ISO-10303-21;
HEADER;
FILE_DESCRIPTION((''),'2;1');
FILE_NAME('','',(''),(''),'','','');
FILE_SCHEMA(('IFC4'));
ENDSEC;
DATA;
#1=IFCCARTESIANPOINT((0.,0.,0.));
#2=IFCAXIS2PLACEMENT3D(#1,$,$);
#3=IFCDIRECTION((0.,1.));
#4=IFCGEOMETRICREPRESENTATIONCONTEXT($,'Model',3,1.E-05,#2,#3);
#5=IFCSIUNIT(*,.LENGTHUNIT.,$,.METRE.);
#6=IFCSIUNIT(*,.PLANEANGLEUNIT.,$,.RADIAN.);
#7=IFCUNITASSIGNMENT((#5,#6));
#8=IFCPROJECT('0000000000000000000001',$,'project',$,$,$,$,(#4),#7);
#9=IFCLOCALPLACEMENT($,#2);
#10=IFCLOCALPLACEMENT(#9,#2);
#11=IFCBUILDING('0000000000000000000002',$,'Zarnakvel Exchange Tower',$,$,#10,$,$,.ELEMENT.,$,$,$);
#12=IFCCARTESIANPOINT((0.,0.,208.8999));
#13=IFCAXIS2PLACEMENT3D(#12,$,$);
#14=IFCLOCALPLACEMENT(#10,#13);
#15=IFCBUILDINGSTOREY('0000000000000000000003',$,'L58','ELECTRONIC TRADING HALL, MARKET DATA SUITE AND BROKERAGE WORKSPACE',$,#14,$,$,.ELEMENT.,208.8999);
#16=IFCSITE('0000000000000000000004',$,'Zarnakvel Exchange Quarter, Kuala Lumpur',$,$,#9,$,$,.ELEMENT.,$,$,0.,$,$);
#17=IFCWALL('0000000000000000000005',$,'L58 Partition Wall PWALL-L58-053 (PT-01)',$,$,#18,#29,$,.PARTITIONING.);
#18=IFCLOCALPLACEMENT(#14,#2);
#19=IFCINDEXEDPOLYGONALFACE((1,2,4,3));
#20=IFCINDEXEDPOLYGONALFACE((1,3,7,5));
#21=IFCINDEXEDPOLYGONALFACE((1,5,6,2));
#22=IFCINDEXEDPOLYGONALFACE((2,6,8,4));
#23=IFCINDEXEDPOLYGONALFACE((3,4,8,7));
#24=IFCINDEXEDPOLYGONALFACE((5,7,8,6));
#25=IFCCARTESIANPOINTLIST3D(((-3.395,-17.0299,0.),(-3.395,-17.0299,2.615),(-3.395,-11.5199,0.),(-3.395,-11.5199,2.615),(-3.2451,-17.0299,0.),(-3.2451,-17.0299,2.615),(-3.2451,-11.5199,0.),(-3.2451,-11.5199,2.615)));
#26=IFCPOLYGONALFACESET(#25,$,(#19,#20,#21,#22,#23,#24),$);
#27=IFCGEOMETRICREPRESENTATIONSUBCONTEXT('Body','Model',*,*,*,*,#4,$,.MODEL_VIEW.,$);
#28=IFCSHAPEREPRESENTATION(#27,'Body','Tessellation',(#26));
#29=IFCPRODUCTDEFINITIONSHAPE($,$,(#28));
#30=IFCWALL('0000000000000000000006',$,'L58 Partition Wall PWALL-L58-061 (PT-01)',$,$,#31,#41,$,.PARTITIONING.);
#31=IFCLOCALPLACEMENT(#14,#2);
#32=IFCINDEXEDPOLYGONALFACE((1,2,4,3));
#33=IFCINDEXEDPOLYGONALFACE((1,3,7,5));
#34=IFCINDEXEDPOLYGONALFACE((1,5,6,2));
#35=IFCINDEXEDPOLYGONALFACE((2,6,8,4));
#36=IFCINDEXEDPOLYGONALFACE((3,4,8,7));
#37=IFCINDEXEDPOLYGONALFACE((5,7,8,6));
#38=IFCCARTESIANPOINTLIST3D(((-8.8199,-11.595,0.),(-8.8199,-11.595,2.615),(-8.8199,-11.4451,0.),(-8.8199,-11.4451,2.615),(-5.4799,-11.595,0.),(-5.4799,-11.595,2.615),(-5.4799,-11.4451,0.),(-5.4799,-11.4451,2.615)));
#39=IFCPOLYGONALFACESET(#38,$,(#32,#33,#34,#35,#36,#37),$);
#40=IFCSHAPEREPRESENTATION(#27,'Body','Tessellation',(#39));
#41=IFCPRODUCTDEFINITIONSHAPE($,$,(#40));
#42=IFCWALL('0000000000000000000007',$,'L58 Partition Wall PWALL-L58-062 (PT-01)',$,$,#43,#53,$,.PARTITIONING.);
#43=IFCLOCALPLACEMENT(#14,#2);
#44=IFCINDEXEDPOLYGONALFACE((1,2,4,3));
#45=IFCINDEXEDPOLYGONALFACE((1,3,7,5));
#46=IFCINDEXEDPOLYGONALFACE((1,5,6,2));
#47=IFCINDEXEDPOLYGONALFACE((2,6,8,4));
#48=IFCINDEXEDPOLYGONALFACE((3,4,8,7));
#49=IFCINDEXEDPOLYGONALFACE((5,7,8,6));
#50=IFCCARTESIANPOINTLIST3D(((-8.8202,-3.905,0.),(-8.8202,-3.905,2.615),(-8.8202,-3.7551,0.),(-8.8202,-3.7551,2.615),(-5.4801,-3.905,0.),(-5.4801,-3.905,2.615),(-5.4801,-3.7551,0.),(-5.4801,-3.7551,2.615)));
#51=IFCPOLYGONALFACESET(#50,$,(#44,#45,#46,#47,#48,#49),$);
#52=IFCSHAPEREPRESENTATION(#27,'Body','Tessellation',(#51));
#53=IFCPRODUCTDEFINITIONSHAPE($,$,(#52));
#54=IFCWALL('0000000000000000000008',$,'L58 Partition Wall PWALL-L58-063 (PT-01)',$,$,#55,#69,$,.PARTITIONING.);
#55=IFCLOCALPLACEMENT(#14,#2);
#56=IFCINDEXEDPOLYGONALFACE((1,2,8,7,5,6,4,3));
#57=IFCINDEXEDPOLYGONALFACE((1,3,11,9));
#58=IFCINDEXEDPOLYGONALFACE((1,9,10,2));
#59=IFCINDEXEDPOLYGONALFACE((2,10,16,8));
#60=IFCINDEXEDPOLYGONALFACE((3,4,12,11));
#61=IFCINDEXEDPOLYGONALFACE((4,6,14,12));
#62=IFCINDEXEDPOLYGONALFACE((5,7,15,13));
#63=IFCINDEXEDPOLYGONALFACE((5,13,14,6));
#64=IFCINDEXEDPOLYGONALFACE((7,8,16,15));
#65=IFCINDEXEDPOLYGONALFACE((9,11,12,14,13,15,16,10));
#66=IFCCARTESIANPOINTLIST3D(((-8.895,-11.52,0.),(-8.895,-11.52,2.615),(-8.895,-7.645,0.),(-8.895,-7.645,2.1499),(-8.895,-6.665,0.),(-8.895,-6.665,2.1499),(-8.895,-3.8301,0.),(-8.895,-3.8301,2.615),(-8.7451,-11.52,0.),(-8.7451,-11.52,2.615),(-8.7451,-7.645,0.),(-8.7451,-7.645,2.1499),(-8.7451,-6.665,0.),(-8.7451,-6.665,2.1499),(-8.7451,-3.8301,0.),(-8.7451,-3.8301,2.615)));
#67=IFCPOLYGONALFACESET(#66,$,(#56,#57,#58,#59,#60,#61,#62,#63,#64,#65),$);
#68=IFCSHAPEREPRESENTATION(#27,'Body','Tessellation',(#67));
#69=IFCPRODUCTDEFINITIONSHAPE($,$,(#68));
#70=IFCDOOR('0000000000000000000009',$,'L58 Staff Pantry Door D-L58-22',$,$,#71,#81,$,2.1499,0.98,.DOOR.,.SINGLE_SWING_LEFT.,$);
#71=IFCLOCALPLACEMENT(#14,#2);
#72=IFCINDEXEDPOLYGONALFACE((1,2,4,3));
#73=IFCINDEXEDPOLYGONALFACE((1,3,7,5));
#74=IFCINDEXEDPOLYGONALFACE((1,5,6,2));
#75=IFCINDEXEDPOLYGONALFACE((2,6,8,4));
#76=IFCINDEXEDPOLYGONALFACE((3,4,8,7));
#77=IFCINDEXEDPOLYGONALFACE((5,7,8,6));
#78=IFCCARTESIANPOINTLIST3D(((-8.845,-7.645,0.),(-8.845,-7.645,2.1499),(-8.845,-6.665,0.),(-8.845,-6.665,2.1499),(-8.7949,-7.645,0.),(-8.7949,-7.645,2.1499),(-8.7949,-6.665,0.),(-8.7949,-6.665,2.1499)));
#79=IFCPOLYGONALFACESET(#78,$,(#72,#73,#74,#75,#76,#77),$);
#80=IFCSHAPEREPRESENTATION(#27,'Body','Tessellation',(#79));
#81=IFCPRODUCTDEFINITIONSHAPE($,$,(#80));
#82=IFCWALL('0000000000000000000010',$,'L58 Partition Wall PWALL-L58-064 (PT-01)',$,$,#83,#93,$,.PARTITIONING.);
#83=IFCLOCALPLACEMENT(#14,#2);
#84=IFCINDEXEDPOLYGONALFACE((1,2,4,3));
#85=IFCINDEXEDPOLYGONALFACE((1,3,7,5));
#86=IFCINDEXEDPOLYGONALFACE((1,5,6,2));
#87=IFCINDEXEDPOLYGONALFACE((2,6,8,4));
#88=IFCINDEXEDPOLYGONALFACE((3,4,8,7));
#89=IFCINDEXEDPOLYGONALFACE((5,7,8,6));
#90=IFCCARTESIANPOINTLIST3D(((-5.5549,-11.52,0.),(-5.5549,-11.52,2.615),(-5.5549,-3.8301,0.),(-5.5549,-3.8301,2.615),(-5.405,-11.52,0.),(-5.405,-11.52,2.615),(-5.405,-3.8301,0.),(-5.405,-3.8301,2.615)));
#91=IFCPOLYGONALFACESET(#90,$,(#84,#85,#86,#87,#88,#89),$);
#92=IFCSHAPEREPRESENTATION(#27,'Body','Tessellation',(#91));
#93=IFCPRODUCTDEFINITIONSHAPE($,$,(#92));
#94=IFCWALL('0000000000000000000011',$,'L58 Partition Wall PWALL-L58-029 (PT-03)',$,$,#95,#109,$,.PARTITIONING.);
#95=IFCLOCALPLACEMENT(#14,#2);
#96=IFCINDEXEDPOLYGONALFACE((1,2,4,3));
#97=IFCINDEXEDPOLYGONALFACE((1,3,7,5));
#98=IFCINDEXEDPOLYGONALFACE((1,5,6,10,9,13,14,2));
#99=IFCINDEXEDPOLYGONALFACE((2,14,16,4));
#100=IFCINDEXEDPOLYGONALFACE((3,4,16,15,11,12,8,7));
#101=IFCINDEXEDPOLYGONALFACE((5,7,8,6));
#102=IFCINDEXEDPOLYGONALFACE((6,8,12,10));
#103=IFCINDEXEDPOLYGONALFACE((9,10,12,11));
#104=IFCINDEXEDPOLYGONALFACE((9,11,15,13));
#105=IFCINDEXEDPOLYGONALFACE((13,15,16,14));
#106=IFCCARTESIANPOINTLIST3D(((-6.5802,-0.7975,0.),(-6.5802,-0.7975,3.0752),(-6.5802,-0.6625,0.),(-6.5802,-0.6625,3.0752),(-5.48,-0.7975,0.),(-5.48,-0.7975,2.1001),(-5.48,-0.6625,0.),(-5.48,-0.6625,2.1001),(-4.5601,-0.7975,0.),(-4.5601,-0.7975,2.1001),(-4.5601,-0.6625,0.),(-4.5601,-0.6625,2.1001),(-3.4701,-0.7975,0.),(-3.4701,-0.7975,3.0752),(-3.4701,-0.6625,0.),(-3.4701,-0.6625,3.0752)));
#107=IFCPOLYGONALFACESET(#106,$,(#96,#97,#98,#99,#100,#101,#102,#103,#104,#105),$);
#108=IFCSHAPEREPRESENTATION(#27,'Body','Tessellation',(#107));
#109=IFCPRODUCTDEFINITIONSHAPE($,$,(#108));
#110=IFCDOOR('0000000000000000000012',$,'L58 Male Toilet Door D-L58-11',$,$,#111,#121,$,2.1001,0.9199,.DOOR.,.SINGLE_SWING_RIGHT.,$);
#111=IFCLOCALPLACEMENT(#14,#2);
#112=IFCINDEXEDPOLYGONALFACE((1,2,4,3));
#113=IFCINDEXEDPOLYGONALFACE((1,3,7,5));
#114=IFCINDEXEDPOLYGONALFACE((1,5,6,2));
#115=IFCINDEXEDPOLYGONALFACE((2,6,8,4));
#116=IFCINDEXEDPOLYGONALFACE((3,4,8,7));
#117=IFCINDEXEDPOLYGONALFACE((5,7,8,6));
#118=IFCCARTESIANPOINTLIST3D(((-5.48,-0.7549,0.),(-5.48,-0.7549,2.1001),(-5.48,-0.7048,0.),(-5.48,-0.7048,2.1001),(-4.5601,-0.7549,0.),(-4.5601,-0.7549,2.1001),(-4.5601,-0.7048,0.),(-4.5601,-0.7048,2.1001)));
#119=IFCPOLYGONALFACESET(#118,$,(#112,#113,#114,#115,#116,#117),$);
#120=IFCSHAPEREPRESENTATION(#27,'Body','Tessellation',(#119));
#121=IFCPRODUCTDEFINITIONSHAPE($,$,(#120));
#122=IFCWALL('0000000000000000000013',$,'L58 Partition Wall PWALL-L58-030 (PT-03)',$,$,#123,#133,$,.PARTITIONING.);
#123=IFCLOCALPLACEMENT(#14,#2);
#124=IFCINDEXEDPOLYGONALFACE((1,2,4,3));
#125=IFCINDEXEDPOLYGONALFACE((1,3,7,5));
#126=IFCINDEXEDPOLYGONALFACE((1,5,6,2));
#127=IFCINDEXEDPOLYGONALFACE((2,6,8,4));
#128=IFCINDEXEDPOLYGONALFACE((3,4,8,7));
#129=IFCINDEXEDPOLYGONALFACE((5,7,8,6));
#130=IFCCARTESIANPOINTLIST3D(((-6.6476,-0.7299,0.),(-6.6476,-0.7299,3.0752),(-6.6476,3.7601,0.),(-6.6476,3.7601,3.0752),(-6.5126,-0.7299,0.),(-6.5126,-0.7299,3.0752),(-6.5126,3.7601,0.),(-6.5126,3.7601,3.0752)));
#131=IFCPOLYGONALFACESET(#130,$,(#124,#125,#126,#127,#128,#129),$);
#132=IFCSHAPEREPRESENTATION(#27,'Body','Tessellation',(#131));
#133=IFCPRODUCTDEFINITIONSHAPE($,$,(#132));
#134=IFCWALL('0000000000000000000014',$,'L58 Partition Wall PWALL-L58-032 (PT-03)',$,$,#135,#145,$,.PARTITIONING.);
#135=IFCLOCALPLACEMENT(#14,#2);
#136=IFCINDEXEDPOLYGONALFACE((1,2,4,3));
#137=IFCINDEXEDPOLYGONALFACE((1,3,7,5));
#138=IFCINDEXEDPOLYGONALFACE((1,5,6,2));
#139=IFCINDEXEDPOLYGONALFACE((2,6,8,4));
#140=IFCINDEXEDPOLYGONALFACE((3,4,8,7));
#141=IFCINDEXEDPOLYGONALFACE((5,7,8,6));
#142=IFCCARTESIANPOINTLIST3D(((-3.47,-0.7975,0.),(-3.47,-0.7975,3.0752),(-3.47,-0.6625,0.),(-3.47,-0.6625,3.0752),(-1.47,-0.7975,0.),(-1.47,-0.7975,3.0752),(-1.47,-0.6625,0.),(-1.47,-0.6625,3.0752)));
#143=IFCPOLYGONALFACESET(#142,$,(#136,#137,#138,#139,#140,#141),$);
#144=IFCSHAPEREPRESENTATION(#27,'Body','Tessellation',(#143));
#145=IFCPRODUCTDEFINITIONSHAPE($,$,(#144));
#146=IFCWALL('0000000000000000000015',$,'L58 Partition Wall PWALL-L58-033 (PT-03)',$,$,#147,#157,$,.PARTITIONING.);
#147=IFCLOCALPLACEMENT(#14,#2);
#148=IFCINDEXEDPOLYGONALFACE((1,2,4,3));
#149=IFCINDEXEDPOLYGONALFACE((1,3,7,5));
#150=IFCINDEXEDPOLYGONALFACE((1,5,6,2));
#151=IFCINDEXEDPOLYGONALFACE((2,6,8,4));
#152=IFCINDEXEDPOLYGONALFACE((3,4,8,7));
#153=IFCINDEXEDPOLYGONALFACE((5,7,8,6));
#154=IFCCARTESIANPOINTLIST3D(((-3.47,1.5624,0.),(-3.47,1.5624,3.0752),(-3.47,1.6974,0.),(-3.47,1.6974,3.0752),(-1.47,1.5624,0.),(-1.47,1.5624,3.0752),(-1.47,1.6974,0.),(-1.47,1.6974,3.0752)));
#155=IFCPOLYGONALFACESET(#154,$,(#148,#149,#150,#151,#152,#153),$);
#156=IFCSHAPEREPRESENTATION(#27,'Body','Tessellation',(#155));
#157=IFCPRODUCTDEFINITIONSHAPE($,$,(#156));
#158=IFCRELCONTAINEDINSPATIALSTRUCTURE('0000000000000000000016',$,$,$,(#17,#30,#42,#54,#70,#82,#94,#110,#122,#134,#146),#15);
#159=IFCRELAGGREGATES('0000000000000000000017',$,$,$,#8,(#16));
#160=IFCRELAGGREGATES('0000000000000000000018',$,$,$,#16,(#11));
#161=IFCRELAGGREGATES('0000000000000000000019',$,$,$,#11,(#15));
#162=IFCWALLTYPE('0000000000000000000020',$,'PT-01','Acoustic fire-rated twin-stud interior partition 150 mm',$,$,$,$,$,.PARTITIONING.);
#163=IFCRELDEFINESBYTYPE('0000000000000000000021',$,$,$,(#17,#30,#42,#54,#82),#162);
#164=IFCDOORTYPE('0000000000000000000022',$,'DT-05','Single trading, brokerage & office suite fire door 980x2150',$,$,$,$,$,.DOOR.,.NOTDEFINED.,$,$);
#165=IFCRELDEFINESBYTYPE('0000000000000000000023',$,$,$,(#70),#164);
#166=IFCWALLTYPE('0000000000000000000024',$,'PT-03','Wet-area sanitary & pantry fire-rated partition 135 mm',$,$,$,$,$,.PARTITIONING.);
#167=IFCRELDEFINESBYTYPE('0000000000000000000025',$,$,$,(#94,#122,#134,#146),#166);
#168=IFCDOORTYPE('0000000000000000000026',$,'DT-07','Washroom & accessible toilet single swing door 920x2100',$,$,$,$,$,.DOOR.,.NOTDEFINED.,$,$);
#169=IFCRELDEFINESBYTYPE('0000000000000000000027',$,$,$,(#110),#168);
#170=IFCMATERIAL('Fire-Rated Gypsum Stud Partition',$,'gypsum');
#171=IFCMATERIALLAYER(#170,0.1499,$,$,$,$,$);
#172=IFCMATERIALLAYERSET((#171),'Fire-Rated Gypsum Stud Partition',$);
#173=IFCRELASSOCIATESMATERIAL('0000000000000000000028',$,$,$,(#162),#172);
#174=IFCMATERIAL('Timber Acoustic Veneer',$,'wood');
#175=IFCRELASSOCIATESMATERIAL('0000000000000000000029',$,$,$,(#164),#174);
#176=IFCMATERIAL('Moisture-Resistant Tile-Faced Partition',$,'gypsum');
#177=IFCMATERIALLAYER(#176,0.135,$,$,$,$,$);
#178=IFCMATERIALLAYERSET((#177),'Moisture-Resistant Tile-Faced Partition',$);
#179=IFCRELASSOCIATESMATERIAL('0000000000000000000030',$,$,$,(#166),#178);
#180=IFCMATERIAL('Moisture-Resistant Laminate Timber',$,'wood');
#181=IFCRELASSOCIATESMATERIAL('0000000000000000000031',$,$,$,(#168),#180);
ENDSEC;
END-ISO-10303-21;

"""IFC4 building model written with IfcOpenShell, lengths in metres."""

from ifc_helpers import new_model, si_unit, direction, frame, frame_2d, origin, place, context, subcontext, project, spatial, rectangle, extrude, source, transform, mapped, material, layer, layer_set, type_object, element, fill, save


model = new_model("IFC4")

# Units and contexts
model_context = context("Model", 3, precision=1e-05, world=origin(), true_north=direction((0.0, 1.0)))
body_context = subcontext(model_context, "Body", "Model", "MODEL_VIEW")
ifc_project = project(units=[si_unit("LENGTHUNIT", "METRE"), si_unit("PLANEANGLEUNIT", "RADIAN")], contexts=[model_context])

# Site, building, storey
site_placement = place(None, origin())
site = spatial("IfcSite", under=ifc_project, at=site_placement, Name="Zarnakvel Exchange Quarter, Kuala Lumpur", CompositionType="ELEMENT", RefElevation=0.0)
building_placement = place(site_placement, origin())
building = spatial("IfcBuilding", under=site, at=building_placement, Name="Zarnakvel Exchange Tower", CompositionType="ELEMENT")
storey_placement = place(building_placement, frame((0.0, 0.0, 208.8999)))
storey = spatial("IfcBuildingStorey", under=building, at=storey_placement, Name="L58", Description="ELECTRONIC TRADING HALL, MARKET DATA SUITE AND BROKERAGE WORKSPACE", CompositionType="ELEMENT", Elevation=208.8999)

# Walls
ifc_material_1 = material(Name="Fire-Rated Gypsum Stud Partition", Category="gypsum")
ifc_layer_1 = layer(ifc_material_1, 0.1499)
ifc_layer_set_1 = layer_set([ifc_layer_1], Name="Fire-Rated Gypsum Stud Partition")
wall_type_1 = type_object("IfcWallType", Name="PT-01", Description="Acoustic fire-rated twin-stud interior partition 150 mm", PredefinedType="PARTITIONING", material=ifc_layer_set_1)
wall_1_placement = place(storey_placement, frame((-3.3201, -11.52, 0.0), z_axis=(0.0, 0.0, 1.0), x_axis=(0.0, -1.0, 0.0)))
element("IfcWall", 1, at=wall_1_placement, inside=storey, type_object=wall_type_1, Name="L58 Partition Wall PWALL-L58-053 (PT-01)", PredefinedType="PARTITIONING", context=body_context, shape_type="SweptSolid", body=[
    extrude(rectangle(XDim=5.51, YDim=0.1499, at=frame_2d((2.7549, 0.0))), origin(), (0.0, 0.0, 1.0), 2.615),
])
for number, where, z_axis, x_axis, name in (
    (2, (-5.48, -11.52, 0.0), (0.0, 0.0, 1.0), (-1.0, 0.0, 0.0), "L58 Partition Wall PWALL-L58-061 (PT-01)"),
    (3, (-8.8201, -3.8301, 0.0), (0.0, 0.0, 1.0), (1.0, 0.0, 0.0), "L58 Partition Wall PWALL-L58-062 (PT-01)"),
):
    element("IfcWall", number, at=place(storey_placement, frame(where, z_axis=z_axis, x_axis=x_axis)), inside=storey, type_object=wall_type_1, Name=name, PredefinedType="PARTITIONING", context=body_context, shape_type="SweptSolid", body=[
        extrude(rectangle(XDim=3.3401, YDim=0.1499, at=frame_2d((1.6699, 0.0))), origin(), (0.0, 0.0, 1.0), 2.615),
    ])

# Wall, opening, door
wall_2_placement = place(storey_placement, frame((-8.8201, -11.52, 0.0), z_axis=(0.0, 0.0, 1.0), x_axis=(0.0, 1.0, 0.0)))
wall_2 = element("IfcWall", 4, at=wall_2_placement, inside=storey, type_object=wall_type_1, Name="L58 Partition Wall PWALL-L58-063 (PT-01)", PredefinedType="PARTITIONING", context=body_context, shape_type="SweptSolid", body=[
    extrude(rectangle(XDim=7.6899, YDim=0.1499, at=frame_2d((3.845, 0.0))), origin(), (0.0, 0.0, 1.0), 2.615),
])
opening_1_placement = place(wall_2_placement, frame((3.875, 0.0, 0.0)))
opening_1 = element("IfcOpeningElement", 5, at=opening_1_placement, cuts=wall_2, PredefinedType="OPENING", context=body_context, shape_type="SweptSolid", body=[
    extrude(rectangle(XDim=0.98, YDim=2.1499, at=frame_2d((0.49, 1.075))), frame((0.0, 0.085, 0.0), z_axis=(0.0, -1.0, 0.0), x_axis=(1.0, 0.0, 0.0)), (0.0, 0.0, 1.0), 0.1699),
])
ifc_material_2 = material(Name="Timber Acoustic Veneer", Category="wood")
door_type_1 = type_object("IfcDoorType", Name="DT-05", Description="Single trading, brokerage & office suite fire door 980x2150", OperationType="NOTDEFINED", PredefinedType="DOOR", material=ifc_material_2)
shared_shape_1 = source(origin(), body_context, "Body", "SweptSolid", [
    extrude(rectangle(XDim=0.98, YDim=2.1499, at=frame_2d((0.49, 1.075))), frame((0.0, 0.0249, 0.0), z_axis=(0.0, -1.0, 0.0), x_axis=(1.0, 0.0, 0.0)), (0.0, 0.0, 1.0), 0.05),
])
door_1_placement = place(opening_1_placement, origin())
door_1 = element("IfcDoor", 6, at=door_1_placement, inside=storey, type_object=door_type_1, Name="L58 Staff Pantry Door D-L58-22", OperationType="SINGLE_SWING_LEFT", OverallHeight=2.1499, OverallWidth=0.98, PredefinedType="DOOR", context=body_context, shape_type="MappedRepresentation", body=[
    mapped(shared_shape_1, transform((0.0, 0.0, 0.0), x_axis=(1.0, 0.0, 0.0), y_axis=(0.0, 1.0, 0.0), z_axis=(0.0, 0.0, 1.0), scale=1.0)),
])
fill(opening_1, door_1)

# Wall
wall_3_placement = place(storey_placement, frame((-5.48, -3.8301, 0.0), z_axis=(0.0, 0.0, 1.0), x_axis=(0.0, -1.0, 0.0)))
element("IfcWall", 7, at=wall_3_placement, inside=storey, type_object=wall_type_1, Name="L58 Partition Wall PWALL-L58-064 (PT-01)", PredefinedType="PARTITIONING", context=body_context, shape_type="SweptSolid", body=[
    extrude(rectangle(XDim=7.6899, YDim=0.1499, at=frame_2d((3.845, 0.0))), origin(), (0.0, 0.0, 1.0), 2.615),
])

# Wall, opening, door
ifc_material_3 = material(Name="Moisture-Resistant Tile-Faced Partition", Category="gypsum")
ifc_layer_2 = layer(ifc_material_3, 0.135)
ifc_layer_set_2 = layer_set([ifc_layer_2], Name="Moisture-Resistant Tile-Faced Partition")
wall_type_2 = type_object("IfcWallType", Name="PT-03", Description="Wet-area sanitary & pantry fire-rated partition 135 mm", PredefinedType="PARTITIONING", material=ifc_layer_set_2)
wall_4_placement = place(storey_placement, frame((-3.47, -0.73, 0.0), z_axis=(0.0, 0.0, 1.0), x_axis=(-1.0, 0.0, 0.0)))
wall_4 = element("IfcWall", 8, at=wall_4_placement, inside=storey, type_object=wall_type_2, Name="L58 Partition Wall PWALL-L58-029 (PT-03)", PredefinedType="PARTITIONING", context=body_context, shape_type="SweptSolid", body=[
    extrude(rectangle(XDim=3.1101, YDim=0.135, at=frame_2d((1.5552, 0.0))), origin(), (0.0, 0.0, 1.0), 3.0752),
])
opening_2_placement = place(wall_4_placement, frame((1.0901, 0.0, 0.0)))
opening_2 = element("IfcOpeningElement", 9, at=opening_2_placement, cuts=wall_4, PredefinedType="OPENING", context=body_context, shape_type="SweptSolid", body=[
    extrude(rectangle(XDim=0.9199, YDim=2.1001, at=frame_2d((0.46, 1.05))), frame((0.0, 0.0774, 0.0), z_axis=(0.0, -1.0, 0.0), x_axis=(1.0, 0.0, 0.0)), (0.0, 0.0, 1.0), 0.155),
])
ifc_material_4 = material(Name="Moisture-Resistant Laminate Timber", Category="wood")
door_type_2 = type_object("IfcDoorType", Name="DT-07", Description="Washroom & accessible toilet single swing door 920x2100", OperationType="NOTDEFINED", PredefinedType="DOOR", material=ifc_material_4)
shared_shape_2 = source(origin(), body_context, "Body", "SweptSolid", [
    extrude(rectangle(XDim=0.9199, YDim=2.1001, at=frame_2d((0.46, 1.05))), frame((0.0, 0.0249, 0.0), z_axis=(0.0, -1.0, 0.0), x_axis=(1.0, 0.0, 0.0)), (0.0, 0.0, 1.0), 0.05),
])
door_2_placement = place(opening_2_placement, origin())
door_2 = element("IfcDoor", 10, at=door_2_placement, inside=storey, type_object=door_type_2, Name="L58 Male Toilet Door D-L58-11", OperationType="SINGLE_SWING_RIGHT", OverallHeight=2.1001, OverallWidth=0.9199, PredefinedType="DOOR", context=body_context, shape_type="MappedRepresentation", body=[
    mapped(shared_shape_2, transform((0.0, 0.0, 0.0), x_axis=(1.0, 0.0, 0.0), y_axis=(0.0, 1.0, 0.0), z_axis=(0.0, 0.0, 1.0), scale=1.0)),
])
fill(opening_2, door_2)

# Walls
wall_5_placement = place(storey_placement, frame((-6.5801, -0.73, 0.0), z_axis=(0.0, 0.0, 1.0), x_axis=(0.0, 1.0, 0.0)))
element("IfcWall", 11, at=wall_5_placement, inside=storey, type_object=wall_type_2, Name="L58 Partition Wall PWALL-L58-030 (PT-03)", PredefinedType="PARTITIONING", context=body_context, shape_type="SweptSolid", body=[
    extrude(rectangle(XDim=4.49, YDim=0.135, at=frame_2d((2.2451, 0.0))), origin(), (0.0, 0.0, 1.0), 3.0752),
])
for number, where, z_axis, x_axis, name in (
    (12, (-1.47, -0.73, 0.0), (0.0, 0.0, 1.0), (-1.0, 0.0, 0.0), "L58 Partition Wall PWALL-L58-032 (PT-03)"),
    (13, (-3.47, 1.6299, 0.0), (0.0, 0.0, 1.0), (1.0, 0.0, 0.0), "L58 Partition Wall PWALL-L58-033 (PT-03)"),
):
    element("IfcWall", number, at=place(storey_placement, frame(where, z_axis=z_axis, x_axis=x_axis)), inside=storey, type_object=wall_type_2, Name=name, PredefinedType="PARTITIONING", context=body_context, shape_type="SweptSolid", body=[
        extrude(rectangle(XDim=2.0, YDim=0.135, at=frame_2d((1.0, 0.0))), origin(), (0.0, 0.0, 1.0), 3.0752),
    ])

save(model, "model.ifc")
